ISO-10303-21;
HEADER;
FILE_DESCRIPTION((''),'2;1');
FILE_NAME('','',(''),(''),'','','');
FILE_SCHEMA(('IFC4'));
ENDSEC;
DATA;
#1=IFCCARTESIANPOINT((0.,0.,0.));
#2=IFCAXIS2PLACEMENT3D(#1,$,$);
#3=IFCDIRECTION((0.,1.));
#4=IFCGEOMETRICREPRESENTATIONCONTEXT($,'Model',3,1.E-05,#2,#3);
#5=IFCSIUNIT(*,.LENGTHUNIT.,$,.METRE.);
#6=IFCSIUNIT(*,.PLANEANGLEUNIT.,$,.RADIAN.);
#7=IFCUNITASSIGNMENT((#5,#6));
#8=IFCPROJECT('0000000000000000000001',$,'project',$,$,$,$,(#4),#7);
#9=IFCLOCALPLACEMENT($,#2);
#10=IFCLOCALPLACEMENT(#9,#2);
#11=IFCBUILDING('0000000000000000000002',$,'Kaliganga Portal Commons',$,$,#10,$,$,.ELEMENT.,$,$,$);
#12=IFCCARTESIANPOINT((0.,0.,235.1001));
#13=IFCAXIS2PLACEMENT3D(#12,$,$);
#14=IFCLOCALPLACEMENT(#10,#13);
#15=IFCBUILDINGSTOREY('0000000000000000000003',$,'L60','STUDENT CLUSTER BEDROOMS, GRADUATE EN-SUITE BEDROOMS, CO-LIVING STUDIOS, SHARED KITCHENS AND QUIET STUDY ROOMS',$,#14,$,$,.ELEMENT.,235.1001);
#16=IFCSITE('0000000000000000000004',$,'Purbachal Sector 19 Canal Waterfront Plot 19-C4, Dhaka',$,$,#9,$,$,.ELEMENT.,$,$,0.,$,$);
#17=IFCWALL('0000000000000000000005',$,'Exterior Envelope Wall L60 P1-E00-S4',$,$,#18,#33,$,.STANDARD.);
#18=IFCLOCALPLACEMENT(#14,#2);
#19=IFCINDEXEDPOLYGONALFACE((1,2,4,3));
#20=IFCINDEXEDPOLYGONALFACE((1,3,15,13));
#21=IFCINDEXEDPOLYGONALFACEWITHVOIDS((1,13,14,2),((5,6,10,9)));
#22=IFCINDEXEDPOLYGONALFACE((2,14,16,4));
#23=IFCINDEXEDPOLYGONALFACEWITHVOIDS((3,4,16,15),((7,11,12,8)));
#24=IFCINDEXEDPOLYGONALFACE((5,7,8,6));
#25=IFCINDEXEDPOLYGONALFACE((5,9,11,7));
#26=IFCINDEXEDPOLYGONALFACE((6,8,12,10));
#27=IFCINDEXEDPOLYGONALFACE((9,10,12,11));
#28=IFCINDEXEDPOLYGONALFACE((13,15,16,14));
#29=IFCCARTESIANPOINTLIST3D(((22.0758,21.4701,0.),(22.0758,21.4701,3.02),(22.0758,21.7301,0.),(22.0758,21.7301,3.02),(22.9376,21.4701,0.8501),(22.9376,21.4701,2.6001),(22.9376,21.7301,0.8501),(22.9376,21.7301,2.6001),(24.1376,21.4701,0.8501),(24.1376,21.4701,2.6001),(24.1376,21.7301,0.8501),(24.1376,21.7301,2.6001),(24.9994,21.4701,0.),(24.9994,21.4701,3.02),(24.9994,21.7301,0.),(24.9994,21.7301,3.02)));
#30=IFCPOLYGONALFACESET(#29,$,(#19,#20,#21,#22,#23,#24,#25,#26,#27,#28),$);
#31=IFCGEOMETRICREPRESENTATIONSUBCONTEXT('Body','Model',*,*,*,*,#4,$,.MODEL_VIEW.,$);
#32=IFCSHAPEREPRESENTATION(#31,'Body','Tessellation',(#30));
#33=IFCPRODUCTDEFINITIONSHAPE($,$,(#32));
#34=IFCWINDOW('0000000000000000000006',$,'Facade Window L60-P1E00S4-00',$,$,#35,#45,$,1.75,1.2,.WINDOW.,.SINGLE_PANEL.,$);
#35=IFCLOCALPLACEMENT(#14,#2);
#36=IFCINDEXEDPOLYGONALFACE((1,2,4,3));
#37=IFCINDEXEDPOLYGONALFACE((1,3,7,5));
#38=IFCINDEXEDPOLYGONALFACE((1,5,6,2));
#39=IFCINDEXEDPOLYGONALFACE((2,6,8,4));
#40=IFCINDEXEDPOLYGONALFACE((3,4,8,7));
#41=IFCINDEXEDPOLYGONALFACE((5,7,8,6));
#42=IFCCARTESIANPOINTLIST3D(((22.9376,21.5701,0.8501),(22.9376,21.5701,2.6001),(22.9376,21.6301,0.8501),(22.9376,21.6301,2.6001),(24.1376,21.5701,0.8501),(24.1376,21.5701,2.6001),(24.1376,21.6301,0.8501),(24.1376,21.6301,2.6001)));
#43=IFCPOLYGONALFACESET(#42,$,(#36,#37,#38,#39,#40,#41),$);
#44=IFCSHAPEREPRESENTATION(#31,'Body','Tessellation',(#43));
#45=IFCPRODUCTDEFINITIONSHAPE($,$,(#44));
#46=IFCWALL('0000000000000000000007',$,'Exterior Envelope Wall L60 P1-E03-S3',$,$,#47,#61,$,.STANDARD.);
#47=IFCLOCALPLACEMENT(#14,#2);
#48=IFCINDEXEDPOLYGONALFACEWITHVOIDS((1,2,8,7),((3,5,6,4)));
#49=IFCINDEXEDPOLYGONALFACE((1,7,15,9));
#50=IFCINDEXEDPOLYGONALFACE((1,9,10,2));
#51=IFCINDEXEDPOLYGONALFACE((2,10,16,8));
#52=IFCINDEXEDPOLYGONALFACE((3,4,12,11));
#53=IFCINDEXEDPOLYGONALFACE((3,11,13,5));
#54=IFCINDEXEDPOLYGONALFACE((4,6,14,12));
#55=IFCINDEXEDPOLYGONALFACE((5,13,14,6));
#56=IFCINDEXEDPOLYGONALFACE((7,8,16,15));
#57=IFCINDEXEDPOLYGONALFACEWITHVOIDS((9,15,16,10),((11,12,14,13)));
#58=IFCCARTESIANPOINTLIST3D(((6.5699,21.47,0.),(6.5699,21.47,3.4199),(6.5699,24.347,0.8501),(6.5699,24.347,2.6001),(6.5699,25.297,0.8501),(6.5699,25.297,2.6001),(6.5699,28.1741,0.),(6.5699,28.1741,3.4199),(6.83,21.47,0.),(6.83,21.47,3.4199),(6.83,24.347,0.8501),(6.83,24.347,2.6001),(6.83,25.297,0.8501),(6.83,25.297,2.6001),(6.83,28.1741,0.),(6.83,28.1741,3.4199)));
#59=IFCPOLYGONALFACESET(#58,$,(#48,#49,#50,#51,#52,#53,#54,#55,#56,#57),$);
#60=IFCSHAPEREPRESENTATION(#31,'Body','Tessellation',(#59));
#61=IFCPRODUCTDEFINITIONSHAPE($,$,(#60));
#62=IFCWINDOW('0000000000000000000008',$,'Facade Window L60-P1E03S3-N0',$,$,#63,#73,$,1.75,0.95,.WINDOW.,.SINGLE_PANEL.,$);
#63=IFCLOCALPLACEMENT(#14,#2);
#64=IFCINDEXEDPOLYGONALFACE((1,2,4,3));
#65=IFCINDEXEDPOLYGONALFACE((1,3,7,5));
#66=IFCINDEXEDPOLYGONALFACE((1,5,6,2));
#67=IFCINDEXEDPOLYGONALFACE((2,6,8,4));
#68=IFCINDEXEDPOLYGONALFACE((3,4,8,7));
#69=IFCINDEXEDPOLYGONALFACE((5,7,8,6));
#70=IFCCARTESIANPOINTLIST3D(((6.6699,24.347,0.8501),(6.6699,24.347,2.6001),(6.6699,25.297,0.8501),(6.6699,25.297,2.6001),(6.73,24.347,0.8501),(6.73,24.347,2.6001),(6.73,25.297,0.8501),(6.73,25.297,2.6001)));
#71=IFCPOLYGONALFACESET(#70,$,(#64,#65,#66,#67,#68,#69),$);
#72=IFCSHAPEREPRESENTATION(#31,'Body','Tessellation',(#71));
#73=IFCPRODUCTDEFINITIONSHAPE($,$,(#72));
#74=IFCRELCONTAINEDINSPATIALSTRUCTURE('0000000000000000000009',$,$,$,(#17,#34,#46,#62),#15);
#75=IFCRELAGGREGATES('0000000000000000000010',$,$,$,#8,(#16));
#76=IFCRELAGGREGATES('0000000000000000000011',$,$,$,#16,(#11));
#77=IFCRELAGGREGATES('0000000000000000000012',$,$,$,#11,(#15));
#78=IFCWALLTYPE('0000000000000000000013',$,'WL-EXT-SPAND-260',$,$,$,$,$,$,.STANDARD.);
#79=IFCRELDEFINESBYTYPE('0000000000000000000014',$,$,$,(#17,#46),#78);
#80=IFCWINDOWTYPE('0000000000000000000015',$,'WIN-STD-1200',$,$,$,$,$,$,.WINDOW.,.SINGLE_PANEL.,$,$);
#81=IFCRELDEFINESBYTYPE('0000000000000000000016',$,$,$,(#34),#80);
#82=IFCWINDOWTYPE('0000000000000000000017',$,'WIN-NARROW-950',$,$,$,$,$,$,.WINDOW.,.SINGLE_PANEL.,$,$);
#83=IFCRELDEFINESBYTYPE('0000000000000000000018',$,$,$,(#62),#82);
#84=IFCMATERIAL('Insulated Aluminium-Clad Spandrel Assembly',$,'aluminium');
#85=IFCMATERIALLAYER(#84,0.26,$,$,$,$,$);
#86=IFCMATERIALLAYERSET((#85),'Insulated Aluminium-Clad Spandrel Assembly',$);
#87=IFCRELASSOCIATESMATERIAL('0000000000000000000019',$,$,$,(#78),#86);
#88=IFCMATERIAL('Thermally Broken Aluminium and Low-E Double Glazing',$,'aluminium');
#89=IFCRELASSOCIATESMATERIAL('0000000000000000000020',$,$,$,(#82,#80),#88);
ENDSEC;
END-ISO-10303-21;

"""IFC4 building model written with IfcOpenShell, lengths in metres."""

from ifc_helpers import new_model, si_unit, direction, frame, frame_2d, origin, place, context, subcontext, project, spatial, rectangle, extrude, material, layer, layer_set, type_object, element, fill, save


model = new_model("IFC4")

# Units and contexts
model_context = context("Model", 3, precision=1e-05, world=origin(), true_north=direction((0.0, 1.0)))
body_context = subcontext(model_context, "Body", "Model", "MODEL_VIEW")
ifc_project = project(units=[si_unit("LENGTHUNIT", "METRE"), si_unit("PLANEANGLEUNIT", "RADIAN")], contexts=[model_context])

# Site, building, storey
site_placement = place(None, origin())
site = spatial("IfcSite", under=ifc_project, at=site_placement, Name="Purbachal Sector 19 Canal Waterfront Plot 19-C4, Dhaka", CompositionType="ELEMENT", RefElevation=0.0)
building_placement = place(site_placement, origin())
building = spatial("IfcBuilding", under=site, at=building_placement, Name="Kaliganga Portal Commons", CompositionType="ELEMENT")
storey_placement = place(building_placement, frame((0.0, 0.0, 235.1001)))
storey = spatial("IfcBuildingStorey", under=building, at=storey_placement, Name="L60", Description="STUDENT CLUSTER BEDROOMS, GRADUATE EN-SUITE BEDROOMS, CO-LIVING STUDIOS, SHARED KITCHENS AND QUIET STUDY ROOMS", CompositionType="ELEMENT", Elevation=235.1001)

# Shared definitions
ifc_material_1 = material(Name="Insulated Aluminium-Clad Spandrel Assembly", Category="aluminium")
ifc_layer_1 = layer(ifc_material_1, 0.26)
ifc_layer_set_1 = layer_set([ifc_layer_1], Name="Insulated Aluminium-Clad Spandrel Assembly")
wall_type = type_object("IfcWallType", Name="WL-EXT-SPAND-260", PredefinedType="STANDARD", material=ifc_layer_set_1)
ifc_material_2 = material(Name="Thermally Broken Aluminium and Low-E Double Glazing", Category="aluminium")
window_type_1 = type_object("IfcWindowType", Name="WIN-NARROW-950", PartitioningType="SINGLE_PANEL", PredefinedType="WINDOW", material=ifc_material_2)
window_type_2 = type_object("IfcWindowType", Name="WIN-STD-1200", PartitioningType="SINGLE_PANEL", PredefinedType="WINDOW", material=ifc_material_2)

# Walls, openings, windows
wall_1_placement = place(storey_placement, frame((24.9995, 21.6001, 0.0), z_axis=(0.0, 0.0, 1.0), x_axis=(-1.0, 0.0, 0.0)))
wall_1 = element("IfcWall", 1, at=wall_1_placement, inside=storey, type_object=wall_type, Name="Exterior Envelope Wall L60 P1-E00-S4", PredefinedType="STANDARD", context=body_context, shape_type="SweptSolid", body=[
    extrude(rectangle(XDim=2.9236, YDim=0.26, at=frame_2d((1.4619, 0.0))), origin(), (0.0, 0.0, 1.0), 3.02),
])
opening_1_placement = place(wall_1_placement, frame((0.8618, 0.0, 0.8501)))
opening_1 = element("IfcOpeningElement", 2, at=opening_1_placement, cuts=wall_1, PredefinedType="OPENING", context=body_context, shape_type="SweptSolid", body=[
    extrude(rectangle(XDim=1.2, YDim=1.75, at=frame_2d((0.6001, 0.875))), frame((0.0, 0.1401, 0.0), z_axis=(0.0, -1.0, 0.0), x_axis=(1.0, 0.0, 0.0)), (0.0, 0.0, 1.0), 0.28),
])
window_1_placement = place(opening_1_placement, origin())
window_1 = element("IfcWindow", 3, at=window_1_placement, inside=storey, type_object=window_type_2, Name="Facade Window L60-P1E00S4-00", OverallHeight=1.75, OverallWidth=1.2, PartitioningType="SINGLE_PANEL", PredefinedType="WINDOW", context=body_context, shape_type="SweptSolid", body=[
    extrude(rectangle(XDim=1.2, YDim=1.75, at=frame_2d((0.6001, 0.875))), frame((0.0, 0.03, 0.0), z_axis=(0.0, -1.0, 0.0), x_axis=(1.0, 0.0, 0.0)), (0.0, 0.0, 1.0), 0.0601),
])
fill(opening_1, window_1)
wall_2_placement = place(storey_placement, frame((6.7, 21.47, 0.0), z_axis=(0.0, 0.0, 1.0), x_axis=(0.0, 1.0, 0.0)))
wall_2 = element("IfcWall", 4, at=wall_2_placement, inside=storey, type_object=wall_type, Name="Exterior Envelope Wall L60 P1-E03-S3", PredefinedType="STANDARD", context=body_context, shape_type="SweptSolid", body=[
    extrude(rectangle(XDim=6.7041, YDim=0.26, at=frame_2d((3.3521, 0.0))), origin(), (0.0, 0.0, 1.0), 3.4199),
])
opening_2_placement = place(wall_2_placement, frame((2.877, 0.0, 0.8501)))
opening_2 = element("IfcOpeningElement", 5, at=opening_2_placement, cuts=wall_2, PredefinedType="OPENING", context=body_context, shape_type="SweptSolid", body=[
    extrude(rectangle(XDim=0.95, YDim=1.75, at=frame_2d((0.4751, 0.875))), frame((0.0, 0.1401, 0.0), z_axis=(0.0, -1.0, 0.0), x_axis=(1.0, 0.0, 0.0)), (0.0, 0.0, 1.0), 0.28),
])
window_2_placement = place(opening_2_placement, origin())
window_2 = element("IfcWindow", 6, at=window_2_placement, inside=storey, type_object=window_type_1, Name="Facade Window L60-P1E03S3-N0", OverallHeight=1.75, OverallWidth=0.95, PartitioningType="SINGLE_PANEL", PredefinedType="WINDOW", context=body_context, shape_type="SweptSolid", body=[
    extrude(rectangle(XDim=0.95, YDim=1.75, at=frame_2d((0.4751, 0.875))), frame((0.0, 0.03, 0.0), z_axis=(0.0, -1.0, 0.0), x_axis=(1.0, 0.0, 0.0)), (0.0, 0.0, 1.0), 0.0601),
])
fill(opening_2, window_2)

save(model, "model.ifc")
